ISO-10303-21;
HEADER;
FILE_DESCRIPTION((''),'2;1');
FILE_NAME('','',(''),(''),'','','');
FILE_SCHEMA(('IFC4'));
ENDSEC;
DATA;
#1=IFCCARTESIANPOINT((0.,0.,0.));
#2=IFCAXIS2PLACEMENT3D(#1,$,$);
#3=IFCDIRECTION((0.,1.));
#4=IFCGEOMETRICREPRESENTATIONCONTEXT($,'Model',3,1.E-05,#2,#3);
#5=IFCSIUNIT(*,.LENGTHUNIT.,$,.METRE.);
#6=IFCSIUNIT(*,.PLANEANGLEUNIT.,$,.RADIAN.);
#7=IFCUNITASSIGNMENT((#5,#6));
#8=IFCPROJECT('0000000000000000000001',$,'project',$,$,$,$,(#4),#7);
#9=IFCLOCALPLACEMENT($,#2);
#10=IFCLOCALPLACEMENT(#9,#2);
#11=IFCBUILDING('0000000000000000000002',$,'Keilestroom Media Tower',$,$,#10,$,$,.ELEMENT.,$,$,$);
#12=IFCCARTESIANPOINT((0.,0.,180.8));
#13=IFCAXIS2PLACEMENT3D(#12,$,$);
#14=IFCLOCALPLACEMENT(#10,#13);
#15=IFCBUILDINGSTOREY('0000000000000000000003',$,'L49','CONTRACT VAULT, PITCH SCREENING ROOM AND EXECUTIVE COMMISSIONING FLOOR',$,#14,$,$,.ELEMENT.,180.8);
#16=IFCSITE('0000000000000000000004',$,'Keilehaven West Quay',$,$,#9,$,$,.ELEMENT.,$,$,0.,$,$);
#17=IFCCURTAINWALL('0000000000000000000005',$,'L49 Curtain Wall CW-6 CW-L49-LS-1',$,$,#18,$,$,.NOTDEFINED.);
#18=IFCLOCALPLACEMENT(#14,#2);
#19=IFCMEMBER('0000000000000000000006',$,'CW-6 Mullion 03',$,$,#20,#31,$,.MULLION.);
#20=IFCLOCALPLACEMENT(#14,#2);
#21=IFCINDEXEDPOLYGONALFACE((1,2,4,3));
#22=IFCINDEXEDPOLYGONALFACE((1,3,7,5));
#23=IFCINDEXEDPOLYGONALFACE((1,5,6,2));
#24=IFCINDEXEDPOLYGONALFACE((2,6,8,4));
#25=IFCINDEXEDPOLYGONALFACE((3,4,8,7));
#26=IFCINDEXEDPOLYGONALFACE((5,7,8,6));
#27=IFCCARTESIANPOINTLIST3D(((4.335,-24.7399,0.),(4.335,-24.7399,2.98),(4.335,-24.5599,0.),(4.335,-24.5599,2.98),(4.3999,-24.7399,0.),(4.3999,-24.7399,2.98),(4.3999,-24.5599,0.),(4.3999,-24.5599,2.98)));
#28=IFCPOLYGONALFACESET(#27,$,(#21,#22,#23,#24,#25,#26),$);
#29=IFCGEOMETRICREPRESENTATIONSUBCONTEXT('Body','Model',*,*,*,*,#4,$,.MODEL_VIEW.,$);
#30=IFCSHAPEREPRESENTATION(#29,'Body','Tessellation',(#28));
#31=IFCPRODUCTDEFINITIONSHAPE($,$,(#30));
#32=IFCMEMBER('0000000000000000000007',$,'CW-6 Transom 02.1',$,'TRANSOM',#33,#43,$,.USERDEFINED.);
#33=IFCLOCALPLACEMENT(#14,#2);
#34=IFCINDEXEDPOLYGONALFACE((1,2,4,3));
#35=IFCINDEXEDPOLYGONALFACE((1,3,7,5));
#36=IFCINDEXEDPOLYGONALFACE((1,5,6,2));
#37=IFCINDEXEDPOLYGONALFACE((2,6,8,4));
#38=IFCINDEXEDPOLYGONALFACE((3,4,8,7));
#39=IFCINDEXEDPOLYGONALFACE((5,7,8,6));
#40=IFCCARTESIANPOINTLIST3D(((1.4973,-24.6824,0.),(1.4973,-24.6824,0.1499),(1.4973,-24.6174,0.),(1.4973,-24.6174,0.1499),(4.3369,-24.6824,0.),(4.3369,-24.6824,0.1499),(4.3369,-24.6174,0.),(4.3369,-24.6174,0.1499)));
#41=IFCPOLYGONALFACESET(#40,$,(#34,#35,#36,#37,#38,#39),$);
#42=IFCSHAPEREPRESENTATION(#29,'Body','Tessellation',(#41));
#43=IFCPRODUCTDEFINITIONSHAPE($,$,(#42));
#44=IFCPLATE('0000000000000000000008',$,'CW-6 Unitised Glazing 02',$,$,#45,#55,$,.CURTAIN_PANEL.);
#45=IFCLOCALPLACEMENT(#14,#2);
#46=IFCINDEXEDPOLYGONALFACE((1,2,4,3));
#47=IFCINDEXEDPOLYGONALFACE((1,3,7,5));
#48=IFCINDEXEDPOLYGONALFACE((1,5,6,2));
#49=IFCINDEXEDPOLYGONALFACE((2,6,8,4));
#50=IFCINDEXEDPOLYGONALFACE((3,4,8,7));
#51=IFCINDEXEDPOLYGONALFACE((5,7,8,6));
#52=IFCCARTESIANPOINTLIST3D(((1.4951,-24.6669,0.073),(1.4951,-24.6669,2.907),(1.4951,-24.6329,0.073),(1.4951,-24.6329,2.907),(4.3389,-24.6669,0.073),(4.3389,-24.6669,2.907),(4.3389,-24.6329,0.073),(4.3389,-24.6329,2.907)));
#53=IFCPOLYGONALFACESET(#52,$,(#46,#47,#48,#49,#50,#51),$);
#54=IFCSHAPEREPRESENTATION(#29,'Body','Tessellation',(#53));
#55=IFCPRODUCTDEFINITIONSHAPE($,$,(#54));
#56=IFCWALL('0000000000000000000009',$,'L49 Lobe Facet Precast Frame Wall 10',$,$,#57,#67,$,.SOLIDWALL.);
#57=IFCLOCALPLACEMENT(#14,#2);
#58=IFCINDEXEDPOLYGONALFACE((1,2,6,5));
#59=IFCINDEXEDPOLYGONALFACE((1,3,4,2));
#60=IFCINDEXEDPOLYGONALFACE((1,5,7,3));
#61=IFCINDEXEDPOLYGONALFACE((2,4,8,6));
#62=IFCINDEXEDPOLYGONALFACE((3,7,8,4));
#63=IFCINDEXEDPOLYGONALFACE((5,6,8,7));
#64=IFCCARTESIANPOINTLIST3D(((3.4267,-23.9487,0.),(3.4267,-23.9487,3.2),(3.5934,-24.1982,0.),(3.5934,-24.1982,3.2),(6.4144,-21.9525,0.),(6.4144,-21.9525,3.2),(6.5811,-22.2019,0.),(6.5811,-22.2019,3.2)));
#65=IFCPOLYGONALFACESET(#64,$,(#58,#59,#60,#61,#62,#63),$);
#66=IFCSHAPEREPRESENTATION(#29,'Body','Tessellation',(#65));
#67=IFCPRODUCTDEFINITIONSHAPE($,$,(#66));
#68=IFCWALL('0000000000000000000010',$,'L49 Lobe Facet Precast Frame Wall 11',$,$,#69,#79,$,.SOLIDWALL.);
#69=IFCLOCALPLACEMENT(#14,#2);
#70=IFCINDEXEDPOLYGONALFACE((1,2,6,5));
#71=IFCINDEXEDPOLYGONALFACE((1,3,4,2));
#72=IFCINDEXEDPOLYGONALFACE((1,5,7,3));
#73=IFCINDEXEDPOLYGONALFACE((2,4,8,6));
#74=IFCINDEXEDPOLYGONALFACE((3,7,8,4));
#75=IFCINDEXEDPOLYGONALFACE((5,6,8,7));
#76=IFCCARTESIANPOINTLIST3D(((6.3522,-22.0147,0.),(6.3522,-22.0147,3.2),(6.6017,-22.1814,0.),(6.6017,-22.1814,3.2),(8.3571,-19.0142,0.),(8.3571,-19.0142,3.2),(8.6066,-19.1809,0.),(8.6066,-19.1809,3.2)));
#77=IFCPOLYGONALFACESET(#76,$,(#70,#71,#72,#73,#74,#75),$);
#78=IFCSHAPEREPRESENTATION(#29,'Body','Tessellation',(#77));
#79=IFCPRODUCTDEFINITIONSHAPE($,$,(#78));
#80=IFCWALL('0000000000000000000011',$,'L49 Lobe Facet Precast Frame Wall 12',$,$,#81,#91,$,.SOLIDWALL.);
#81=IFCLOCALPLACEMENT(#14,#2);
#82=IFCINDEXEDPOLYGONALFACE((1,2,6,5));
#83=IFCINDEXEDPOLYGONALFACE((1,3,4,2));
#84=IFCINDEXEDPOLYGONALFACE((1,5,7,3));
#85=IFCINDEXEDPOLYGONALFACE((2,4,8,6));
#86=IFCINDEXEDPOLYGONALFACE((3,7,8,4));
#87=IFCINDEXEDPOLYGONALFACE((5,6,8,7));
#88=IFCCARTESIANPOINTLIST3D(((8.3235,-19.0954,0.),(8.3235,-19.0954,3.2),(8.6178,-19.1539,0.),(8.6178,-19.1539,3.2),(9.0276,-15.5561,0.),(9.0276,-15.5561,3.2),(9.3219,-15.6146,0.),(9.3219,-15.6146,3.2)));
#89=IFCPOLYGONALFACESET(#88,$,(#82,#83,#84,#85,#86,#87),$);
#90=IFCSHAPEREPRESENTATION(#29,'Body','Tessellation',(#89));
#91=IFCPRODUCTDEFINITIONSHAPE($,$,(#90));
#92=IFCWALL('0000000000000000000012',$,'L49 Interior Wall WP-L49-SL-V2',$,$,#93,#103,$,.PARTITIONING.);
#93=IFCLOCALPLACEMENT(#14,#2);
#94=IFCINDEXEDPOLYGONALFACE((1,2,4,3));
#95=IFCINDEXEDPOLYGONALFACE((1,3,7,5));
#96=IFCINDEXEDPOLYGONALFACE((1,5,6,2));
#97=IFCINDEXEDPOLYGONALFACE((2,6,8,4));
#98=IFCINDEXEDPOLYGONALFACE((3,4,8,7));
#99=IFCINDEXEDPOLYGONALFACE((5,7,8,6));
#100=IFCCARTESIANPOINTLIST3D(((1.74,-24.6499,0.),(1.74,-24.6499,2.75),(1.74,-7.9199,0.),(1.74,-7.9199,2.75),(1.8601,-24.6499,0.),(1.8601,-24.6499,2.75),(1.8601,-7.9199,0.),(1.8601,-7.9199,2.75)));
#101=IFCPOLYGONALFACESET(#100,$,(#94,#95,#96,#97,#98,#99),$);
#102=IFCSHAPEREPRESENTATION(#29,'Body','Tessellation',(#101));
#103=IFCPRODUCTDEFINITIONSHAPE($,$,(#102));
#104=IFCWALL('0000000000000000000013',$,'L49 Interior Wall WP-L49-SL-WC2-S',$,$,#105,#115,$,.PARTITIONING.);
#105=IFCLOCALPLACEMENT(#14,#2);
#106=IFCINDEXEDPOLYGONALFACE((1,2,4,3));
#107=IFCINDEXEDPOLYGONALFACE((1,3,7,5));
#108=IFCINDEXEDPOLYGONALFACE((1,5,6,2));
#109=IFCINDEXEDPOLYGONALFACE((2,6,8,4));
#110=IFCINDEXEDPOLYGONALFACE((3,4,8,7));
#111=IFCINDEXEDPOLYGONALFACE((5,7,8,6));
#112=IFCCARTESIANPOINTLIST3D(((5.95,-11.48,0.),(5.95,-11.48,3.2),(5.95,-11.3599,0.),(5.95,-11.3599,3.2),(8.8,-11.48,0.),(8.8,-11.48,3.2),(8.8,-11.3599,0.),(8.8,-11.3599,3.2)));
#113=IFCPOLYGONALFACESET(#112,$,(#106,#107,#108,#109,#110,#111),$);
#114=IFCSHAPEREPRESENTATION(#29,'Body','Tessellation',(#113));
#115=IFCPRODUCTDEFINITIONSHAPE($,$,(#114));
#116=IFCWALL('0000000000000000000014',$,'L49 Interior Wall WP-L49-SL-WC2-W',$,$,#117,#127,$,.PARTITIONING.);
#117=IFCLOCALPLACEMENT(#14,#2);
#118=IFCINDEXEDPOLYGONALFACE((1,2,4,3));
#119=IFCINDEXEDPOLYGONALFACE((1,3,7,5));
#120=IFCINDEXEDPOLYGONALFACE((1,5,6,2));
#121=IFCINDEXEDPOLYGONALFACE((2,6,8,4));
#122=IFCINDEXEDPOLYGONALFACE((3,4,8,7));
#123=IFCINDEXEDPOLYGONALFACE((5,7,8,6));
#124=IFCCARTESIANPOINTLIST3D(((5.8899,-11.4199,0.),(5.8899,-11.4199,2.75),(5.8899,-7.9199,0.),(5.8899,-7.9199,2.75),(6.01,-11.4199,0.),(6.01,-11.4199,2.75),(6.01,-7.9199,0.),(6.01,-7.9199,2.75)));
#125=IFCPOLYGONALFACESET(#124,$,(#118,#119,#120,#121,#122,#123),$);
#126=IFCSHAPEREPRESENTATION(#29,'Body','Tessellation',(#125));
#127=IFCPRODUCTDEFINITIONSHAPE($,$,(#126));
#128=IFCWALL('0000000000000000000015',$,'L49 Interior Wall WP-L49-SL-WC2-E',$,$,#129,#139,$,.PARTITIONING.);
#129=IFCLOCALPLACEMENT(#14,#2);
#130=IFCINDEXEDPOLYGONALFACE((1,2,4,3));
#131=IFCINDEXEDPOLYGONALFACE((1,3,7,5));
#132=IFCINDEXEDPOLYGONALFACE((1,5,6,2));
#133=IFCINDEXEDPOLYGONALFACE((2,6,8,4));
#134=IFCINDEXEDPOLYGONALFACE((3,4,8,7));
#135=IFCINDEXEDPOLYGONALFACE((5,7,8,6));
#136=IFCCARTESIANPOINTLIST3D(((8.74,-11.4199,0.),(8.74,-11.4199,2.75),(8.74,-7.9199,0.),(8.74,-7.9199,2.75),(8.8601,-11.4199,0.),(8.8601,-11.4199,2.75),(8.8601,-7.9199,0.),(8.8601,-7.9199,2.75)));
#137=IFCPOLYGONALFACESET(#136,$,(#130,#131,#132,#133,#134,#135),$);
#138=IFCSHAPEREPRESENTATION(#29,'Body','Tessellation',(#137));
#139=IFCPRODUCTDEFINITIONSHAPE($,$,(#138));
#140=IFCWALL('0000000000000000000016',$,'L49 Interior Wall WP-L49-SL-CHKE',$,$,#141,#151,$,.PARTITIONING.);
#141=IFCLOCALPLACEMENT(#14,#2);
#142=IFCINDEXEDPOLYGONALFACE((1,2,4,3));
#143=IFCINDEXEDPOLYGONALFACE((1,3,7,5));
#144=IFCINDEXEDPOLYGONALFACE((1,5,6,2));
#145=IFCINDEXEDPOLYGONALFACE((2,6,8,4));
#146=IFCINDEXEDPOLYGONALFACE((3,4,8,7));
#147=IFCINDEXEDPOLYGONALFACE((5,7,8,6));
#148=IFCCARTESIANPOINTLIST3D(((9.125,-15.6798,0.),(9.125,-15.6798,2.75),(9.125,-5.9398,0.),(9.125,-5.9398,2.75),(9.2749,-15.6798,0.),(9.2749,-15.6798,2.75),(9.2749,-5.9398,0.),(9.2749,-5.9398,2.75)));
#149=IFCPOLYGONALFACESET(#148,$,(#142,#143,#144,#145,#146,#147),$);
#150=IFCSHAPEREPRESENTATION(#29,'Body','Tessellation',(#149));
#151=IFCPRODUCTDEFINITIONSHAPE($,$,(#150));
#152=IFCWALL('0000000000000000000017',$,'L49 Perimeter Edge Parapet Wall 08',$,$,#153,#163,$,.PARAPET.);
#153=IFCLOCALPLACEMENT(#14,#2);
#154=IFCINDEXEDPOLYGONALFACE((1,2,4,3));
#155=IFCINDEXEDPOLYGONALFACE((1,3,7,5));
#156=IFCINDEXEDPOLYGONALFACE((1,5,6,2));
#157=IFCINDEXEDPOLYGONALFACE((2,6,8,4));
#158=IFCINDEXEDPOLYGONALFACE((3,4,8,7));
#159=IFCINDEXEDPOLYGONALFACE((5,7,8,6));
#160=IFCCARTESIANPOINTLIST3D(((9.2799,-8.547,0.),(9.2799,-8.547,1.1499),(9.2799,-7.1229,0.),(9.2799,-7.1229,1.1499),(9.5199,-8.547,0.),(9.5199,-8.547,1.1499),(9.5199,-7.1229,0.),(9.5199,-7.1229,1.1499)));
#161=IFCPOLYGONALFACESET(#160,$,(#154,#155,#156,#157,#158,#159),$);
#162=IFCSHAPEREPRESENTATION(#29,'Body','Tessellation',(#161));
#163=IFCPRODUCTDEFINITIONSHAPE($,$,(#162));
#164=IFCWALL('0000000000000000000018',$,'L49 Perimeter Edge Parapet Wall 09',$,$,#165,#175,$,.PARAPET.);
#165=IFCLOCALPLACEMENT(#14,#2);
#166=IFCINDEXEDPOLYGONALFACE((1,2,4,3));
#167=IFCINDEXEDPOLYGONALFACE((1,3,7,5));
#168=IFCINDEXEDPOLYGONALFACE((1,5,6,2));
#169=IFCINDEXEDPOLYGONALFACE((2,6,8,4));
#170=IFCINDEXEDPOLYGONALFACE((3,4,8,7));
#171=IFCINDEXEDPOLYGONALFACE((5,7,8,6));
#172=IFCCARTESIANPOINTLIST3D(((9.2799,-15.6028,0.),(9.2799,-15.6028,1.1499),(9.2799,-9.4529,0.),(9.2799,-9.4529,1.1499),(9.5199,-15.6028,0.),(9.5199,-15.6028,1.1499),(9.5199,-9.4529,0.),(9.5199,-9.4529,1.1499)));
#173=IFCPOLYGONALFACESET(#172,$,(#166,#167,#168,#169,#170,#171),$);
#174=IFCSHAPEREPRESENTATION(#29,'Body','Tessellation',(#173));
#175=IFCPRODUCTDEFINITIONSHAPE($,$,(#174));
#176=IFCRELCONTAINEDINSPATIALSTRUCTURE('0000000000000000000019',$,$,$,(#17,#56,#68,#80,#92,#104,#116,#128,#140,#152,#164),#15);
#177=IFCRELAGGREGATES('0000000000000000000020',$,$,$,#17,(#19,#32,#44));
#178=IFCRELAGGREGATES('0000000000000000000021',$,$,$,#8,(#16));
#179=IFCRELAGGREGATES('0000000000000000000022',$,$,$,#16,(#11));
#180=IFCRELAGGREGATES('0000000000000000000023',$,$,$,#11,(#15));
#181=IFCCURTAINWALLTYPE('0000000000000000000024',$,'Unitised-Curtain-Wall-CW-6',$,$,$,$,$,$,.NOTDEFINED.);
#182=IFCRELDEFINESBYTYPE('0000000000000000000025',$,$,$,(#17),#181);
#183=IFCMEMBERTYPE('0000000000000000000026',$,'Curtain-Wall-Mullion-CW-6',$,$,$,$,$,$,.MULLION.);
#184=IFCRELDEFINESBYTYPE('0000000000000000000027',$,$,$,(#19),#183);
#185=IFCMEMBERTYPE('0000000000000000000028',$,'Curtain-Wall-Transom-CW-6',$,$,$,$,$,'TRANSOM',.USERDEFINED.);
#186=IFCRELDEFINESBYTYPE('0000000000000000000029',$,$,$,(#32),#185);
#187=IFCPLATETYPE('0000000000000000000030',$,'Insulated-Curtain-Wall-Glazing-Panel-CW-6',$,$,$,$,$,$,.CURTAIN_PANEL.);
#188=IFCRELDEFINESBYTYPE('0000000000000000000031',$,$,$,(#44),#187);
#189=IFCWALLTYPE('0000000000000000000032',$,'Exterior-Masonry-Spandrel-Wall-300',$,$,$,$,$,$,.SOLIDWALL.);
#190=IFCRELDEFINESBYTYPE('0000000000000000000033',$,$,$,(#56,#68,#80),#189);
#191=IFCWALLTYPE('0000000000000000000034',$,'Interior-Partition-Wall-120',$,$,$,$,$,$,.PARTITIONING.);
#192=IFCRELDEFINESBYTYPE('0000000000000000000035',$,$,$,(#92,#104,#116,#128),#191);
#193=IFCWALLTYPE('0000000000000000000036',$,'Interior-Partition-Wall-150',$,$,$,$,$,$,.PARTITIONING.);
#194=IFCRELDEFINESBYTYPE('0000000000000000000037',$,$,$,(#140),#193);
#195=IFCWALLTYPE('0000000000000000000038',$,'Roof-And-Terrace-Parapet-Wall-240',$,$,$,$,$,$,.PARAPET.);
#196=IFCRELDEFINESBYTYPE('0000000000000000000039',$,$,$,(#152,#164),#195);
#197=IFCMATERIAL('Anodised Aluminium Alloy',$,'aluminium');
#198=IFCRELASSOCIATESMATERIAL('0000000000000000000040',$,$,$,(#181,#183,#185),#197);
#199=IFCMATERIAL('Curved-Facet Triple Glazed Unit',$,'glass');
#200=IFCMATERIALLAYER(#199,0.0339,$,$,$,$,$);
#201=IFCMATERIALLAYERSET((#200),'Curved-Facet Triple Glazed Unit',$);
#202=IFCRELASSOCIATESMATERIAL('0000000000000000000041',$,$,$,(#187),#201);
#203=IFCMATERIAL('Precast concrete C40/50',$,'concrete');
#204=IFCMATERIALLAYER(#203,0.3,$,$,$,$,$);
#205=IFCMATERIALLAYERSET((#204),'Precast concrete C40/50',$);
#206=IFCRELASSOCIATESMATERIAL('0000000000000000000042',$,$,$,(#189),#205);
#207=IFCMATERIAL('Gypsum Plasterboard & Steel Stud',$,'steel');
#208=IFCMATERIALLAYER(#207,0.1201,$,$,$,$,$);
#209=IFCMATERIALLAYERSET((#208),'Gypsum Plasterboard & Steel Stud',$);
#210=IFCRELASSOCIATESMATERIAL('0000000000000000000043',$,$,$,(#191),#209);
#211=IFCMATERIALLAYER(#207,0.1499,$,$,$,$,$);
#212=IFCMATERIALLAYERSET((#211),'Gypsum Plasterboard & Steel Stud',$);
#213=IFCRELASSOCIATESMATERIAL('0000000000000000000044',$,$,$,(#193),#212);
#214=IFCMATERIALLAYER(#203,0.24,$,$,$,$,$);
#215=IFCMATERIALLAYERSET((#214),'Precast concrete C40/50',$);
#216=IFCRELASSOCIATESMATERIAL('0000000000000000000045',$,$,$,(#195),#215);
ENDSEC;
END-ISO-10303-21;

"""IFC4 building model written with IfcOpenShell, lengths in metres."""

from ifc_helpers import new_model, si_unit, direction, frame, frame_2d, origin, origin_2d, place, context, subcontext, project, spatial, rectangle, extrude, source, transform, mapped, material, layer, layer_set, material_profile, profile_set, type_object, element, aggregate, save


model = new_model("IFC4")

# Units and contexts
model_context = context("Model", 3, precision=1e-05, world=origin(), true_north=direction((0.0, 1.0)))
body_context = subcontext(model_context, "Body", "Model", "MODEL_VIEW")
ifc_project = project(units=[si_unit("LENGTHUNIT", "METRE"), si_unit("PLANEANGLEUNIT", "RADIAN")], contexts=[model_context])

# Site, building, storey
site_placement = place(None, origin())
site = spatial("IfcSite", under=ifc_project, at=site_placement, Name="Keilehaven West Quay", CompositionType="ELEMENT", RefElevation=0.0)
building_placement = place(site_placement, origin())
building = spatial("IfcBuilding", under=site, at=building_placement, Name="Keilestroom Media Tower", CompositionType="ELEMENT")
storey_placement = place(building_placement, frame((0.0, 0.0, 180.8)))
storey = spatial("IfcBuildingStorey", under=building, at=storey_placement, Name="L49", Description="CONTRACT VAULT, PITCH SCREENING ROOM AND EXECUTIVE COMMISSIONING FLOOR", CompositionType="ELEMENT", Elevation=180.8)

# Shared definitions
ifc_material_1 = material(Name="Precast concrete C40/50", Category="concrete")

# Curtain wall, members, plate
ifc_material_2 = material(Name="Anodised Aluminium Alloy", Category="aluminium")
curtain_wall_type = type_object("IfcCurtainWallType", Name="Unitised-Curtain-Wall-CW-6", PredefinedType="NOTDEFINED", material=ifc_material_2)
curtain_wall_placement = place(storey_placement, origin())
curtain_wall = element("IfcCurtainWall", 1, at=curtain_wall_placement, inside=storey, type_object=curtain_wall_type, Name="L49 Curtain Wall CW-6 CW-L49-LS-1", PredefinedType="NOTDEFINED")
ifc_material_profile_1 = material_profile(ifc_material_2, rectangle(XDim=0.0649, YDim=0.1799, at=origin_2d()), Name="ALU MULLION 65x180")
ifc_profile_set_1 = profile_set([ifc_material_profile_1], Name="Anodised Aluminium Alloy")
member_type_1 = type_object("IfcMemberType", Name="Curtain-Wall-Mullion-CW-6", PredefinedType="MULLION", material=ifc_profile_set_1)
shared_shape_1 = source(origin(), body_context, "Body", "SweptSolid", [
    extrude(rectangle(XDim=0.0649, YDim=0.1799, at=origin_2d()), origin(), (0.0, 0.0, 1.0), 2.98),
])
member_1_placement = place(storey_placement, frame((4.3674, -24.6499, 0.0), z_axis=(0.0, 0.0, 1.0), x_axis=(1.0, 0.0, 0.0)))
member_1 = element("IfcMember", 2, at=member_1_placement, type_object=member_type_1, Name="CW-6 Mullion 03", PredefinedType="MULLION", context=body_context, shape_type="MappedRepresentation", body=[
    mapped(shared_shape_1, transform((0.0, 0.0, 0.0), x_axis=(1.0, 0.0, 0.0), y_axis=(0.0, 1.0, 0.0), z_axis=(0.0, 0.0, 1.0), scale=1.0)),
])
ifc_material_profile_2 = material_profile(ifc_material_2, rectangle(XDim=0.0649, YDim=0.1499, at=origin_2d()), Name="ALU TRANSOM 65x150")
ifc_profile_set_2 = profile_set([ifc_material_profile_2], Name="Anodised Aluminium Alloy")
member_type_2 = type_object("IfcMemberType", Name="Curtain-Wall-Transom-CW-6", ElementType="TRANSOM", PredefinedType="USERDEFINED", material=ifc_profile_set_2)
shared_shape_2 = source(origin(), body_context, "Body", "SweptSolid", [
    extrude(rectangle(XDim=0.0649, YDim=0.1499, at=origin_2d()), origin(), (0.0, 0.0, 1.0), 2.8396),
])
member_2_placement = place(storey_placement, frame((1.4973, -24.6499, 0.075), z_axis=(1.0, 0.0, 0.0), x_axis=(0.0, 1.0, 0.0)))
member_2 = element("IfcMember", 3, at=member_2_placement, type_object=member_type_2, Name="CW-6 Transom 02.1", ObjectType="TRANSOM", PredefinedType="USERDEFINED", context=body_context, shape_type="MappedRepresentation", body=[
    mapped(shared_shape_2, transform((0.0, 0.0, 0.0), x_axis=(1.0, 0.0, 0.0), y_axis=(0.0, 1.0, 0.0), z_axis=(0.0, 0.0, 1.0), scale=1.0)),
])
ifc_material_3 = material(Name="Curved-Facet Triple Glazed Unit", Category="glass")
ifc_layer_1 = layer(ifc_material_3, 0.0339)
ifc_layer_set_1 = layer_set([ifc_layer_1], Name="Curved-Facet Triple Glazed Unit")
plate_type = type_object("IfcPlateType", Name="Insulated-Curtain-Wall-Glazing-Panel-CW-6", PredefinedType="CURTAIN_PANEL", material=ifc_layer_set_1)
shared_shape_3 = source(origin(), body_context, "Body", "SweptSolid", [
    extrude(rectangle(XDim=2.8438, YDim=0.0339, at=origin_2d()), origin(), (0.0, 0.0, 1.0), 2.834),
])
plate_placement = place(storey_placement, frame((2.917, -24.6499, 0.073), z_axis=(0.0, 0.0, 1.0), x_axis=(1.0, 0.0, 0.0)))
plate = element("IfcPlate", 4, at=plate_placement, type_object=plate_type, Name="CW-6 Unitised Glazing 02", PredefinedType="CURTAIN_PANEL", context=body_context, shape_type="MappedRepresentation", body=[
    mapped(shared_shape_3, transform((0.0, 0.0, 0.0), x_axis=(1.0, 0.0, 0.0), y_axis=(0.0, 1.0, 0.0), z_axis=(0.0, 0.0, 1.0), scale=1.0)),
])
aggregate(curtain_wall, [member_1, member_2, plate])

# Walls
ifc_layer_2 = layer(ifc_material_1, 0.3)
ifc_layer_set_2 = layer_set([ifc_layer_2], Name="Precast concrete C40/50")
wall_type_1 = type_object("IfcWallType", Name="Exterior-Masonry-Spandrel-Wall-300", PredefinedType="SOLIDWALL", material=ifc_layer_set_2)
wall_1_placement = place(storey_placement, frame((3.51, -24.0735, 0.0), z_axis=(0.0, 0.0, 1.0), x_axis=(0.831475, 0.555562, 0.0)))
element("IfcWall", 5, at=wall_1_placement, inside=storey, type_object=wall_type_1, Name="L49 Lobe Facet Precast Frame Wall 10", PredefinedType="SOLIDWALL", context=body_context, shape_type="SweptSolid", body=[
    extrude(rectangle(XDim=3.5933, YDim=0.3, at=frame_2d((1.7966, 0.0))), origin(), (0.0, 0.0, 1.0), 3.2),
])
for number, where, z_axis, x_axis, name in (
    (6, (6.4771, -22.0979, 0.0), (0.0, 0.0, 1.0), (0.555574, 0.831467, 0.0), "L49 Lobe Facet Precast Frame Wall 11"),
    (7, (8.4707, -19.1245, 0.0), (0.0, 0.0, 1.0), (0.195114, 0.980781, 0.0), "L49 Lobe Facet Precast Frame Wall 12"),
):
    element("IfcWall", number, at=place(storey_placement, frame(where, z_axis=z_axis, x_axis=x_axis)), inside=storey, type_object=wall_type_1, Name=name, PredefinedType="SOLIDWALL", context=body_context, shape_type="SweptSolid", body=[
        extrude(rectangle(XDim=3.6086, YDim=0.3, at=frame_2d((1.8042, 0.0))), origin(), (0.0, 0.0, 1.0), 3.2),
    ])
ifc_material_4 = material(Name="Gypsum Plasterboard & Steel Stud", Category="steel")
ifc_layer_3 = layer(ifc_material_4, 0.1201)
ifc_layer_set_3 = layer_set([ifc_layer_3], Name="Gypsum Plasterboard & Steel Stud")
wall_type_2 = type_object("IfcWallType", Name="Interior-Partition-Wall-120", PredefinedType="PARTITIONING", material=ifc_layer_set_3)
wall_2_placement = place(storey_placement, frame((1.8, -24.6499, 0.0), z_axis=(0.0, 0.0, 1.0), x_axis=(0.0, 1.0, 0.0)))
element("IfcWall", 8, at=wall_2_placement, inside=storey, type_object=wall_type_2, Name="L49 Interior Wall WP-L49-SL-V2", PredefinedType="PARTITIONING", context=body_context, shape_type="SweptSolid", body=[
    extrude(rectangle(XDim=16.73, YDim=0.1201, at=frame_2d((8.365, 0.0))), origin(), (0.0, 0.0, 1.0), 2.75),
])
wall_3_placement = place(storey_placement, frame((5.95, -11.4199, 0.0), z_axis=(0.0, 0.0, 1.0), x_axis=(1.0, 0.0, 0.0)))
element("IfcWall", 9, at=wall_3_placement, inside=storey, type_object=wall_type_2, Name="L49 Interior Wall WP-L49-SL-WC2-S", PredefinedType="PARTITIONING", context=body_context, shape_type="SweptSolid", body=[
    extrude(rectangle(XDim=2.8501, YDim=0.1201, at=frame_2d((1.425, 0.0))), origin(), (0.0, 0.0, 1.0), 3.2),
])
for number, where, z_axis, x_axis, name in (
    (10, (5.95, -11.4199, 0.0), (0.0, 0.0, 1.0), (0.0, 1.0, 0.0), "L49 Interior Wall WP-L49-SL-WC2-W"),
    (11, (8.8, -11.4199, 0.0), (0.0, 0.0, 1.0), (0.0, 1.0, 0.0), "L49 Interior Wall WP-L49-SL-WC2-E"),
):
    element("IfcWall", number, at=place(storey_placement, frame(where, z_axis=z_axis, x_axis=x_axis)), inside=storey, type_object=wall_type_2, Name=name, PredefinedType="PARTITIONING", context=body_context, shape_type="SweptSolid", body=[
        extrude(rectangle(XDim=3.5, YDim=0.1201, at=frame_2d((1.75, 0.0))), origin(), (0.0, 0.0, 1.0), 2.75),
    ])
ifc_layer_4 = layer(ifc_material_4, 0.1499)
ifc_layer_set_4 = layer_set([ifc_layer_4], Name="Gypsum Plasterboard & Steel Stud")
wall_type_3 = type_object("IfcWallType", Name="Interior-Partition-Wall-150", PredefinedType="PARTITIONING", material=ifc_layer_set_4)
wall_4_placement = place(storey_placement, frame((9.2, -15.6799, 0.0), z_axis=(0.0, 0.0, 1.0), x_axis=(0.0, 1.0, 0.0)))
element("IfcWall", 12, at=wall_4_placement, inside=storey, type_object=wall_type_3, Name="L49 Interior Wall WP-L49-SL-CHKE", PredefinedType="PARTITIONING", context=body_context, shape_type="SweptSolid", body=[
    extrude(rectangle(XDim=9.74, YDim=0.1499, at=frame_2d((4.8701, 0.0))), origin(), (0.0, 0.0, 1.0), 2.75),
])
ifc_layer_5 = layer(ifc_material_1, 0.24)
ifc_layer_set_5 = layer_set([ifc_layer_5], Name="Precast concrete C40/50")
wall_type_4 = type_object("IfcWallType", Name="Roof-And-Terrace-Parapet-Wall-240", PredefinedType="PARAPET", material=ifc_layer_set_5)
wall_5_placement = place(storey_placement, frame((9.3999, -7.123, 0.0), z_axis=(0.0, 0.0, 1.0), x_axis=(0.0, -1.0, 0.0)))
element("IfcWall", 13, at=wall_5_placement, inside=storey, type_object=wall_type_4, Name="L49 Perimeter Edge Parapet Wall 08", PredefinedType="PARAPET", context=body_context, shape_type="SweptSolid", body=[
    extrude(rectangle(XDim=1.4241, YDim=0.24, at=frame_2d((0.7119, 0.0))), origin(), (0.0, 0.0, 1.0), 1.1499),
])
wall_6_placement = place(storey_placement, frame((9.3999, -9.4529, 0.0), z_axis=(0.0, 0.0, 1.0), x_axis=(0.0, -1.0, 0.0)))
element("IfcWall", 14, at=wall_6_placement, inside=storey, type_object=wall_type_4, Name="L49 Perimeter Edge Parapet Wall 09", PredefinedType="PARAPET", context=body_context, shape_type="SweptSolid", body=[
    extrude(rectangle(XDim=6.1499, YDim=0.24, at=frame_2d((3.075, 0.0))), origin(), (0.0, 0.0, 1.0), 1.1499),
])

save(model, "model.ifc")
